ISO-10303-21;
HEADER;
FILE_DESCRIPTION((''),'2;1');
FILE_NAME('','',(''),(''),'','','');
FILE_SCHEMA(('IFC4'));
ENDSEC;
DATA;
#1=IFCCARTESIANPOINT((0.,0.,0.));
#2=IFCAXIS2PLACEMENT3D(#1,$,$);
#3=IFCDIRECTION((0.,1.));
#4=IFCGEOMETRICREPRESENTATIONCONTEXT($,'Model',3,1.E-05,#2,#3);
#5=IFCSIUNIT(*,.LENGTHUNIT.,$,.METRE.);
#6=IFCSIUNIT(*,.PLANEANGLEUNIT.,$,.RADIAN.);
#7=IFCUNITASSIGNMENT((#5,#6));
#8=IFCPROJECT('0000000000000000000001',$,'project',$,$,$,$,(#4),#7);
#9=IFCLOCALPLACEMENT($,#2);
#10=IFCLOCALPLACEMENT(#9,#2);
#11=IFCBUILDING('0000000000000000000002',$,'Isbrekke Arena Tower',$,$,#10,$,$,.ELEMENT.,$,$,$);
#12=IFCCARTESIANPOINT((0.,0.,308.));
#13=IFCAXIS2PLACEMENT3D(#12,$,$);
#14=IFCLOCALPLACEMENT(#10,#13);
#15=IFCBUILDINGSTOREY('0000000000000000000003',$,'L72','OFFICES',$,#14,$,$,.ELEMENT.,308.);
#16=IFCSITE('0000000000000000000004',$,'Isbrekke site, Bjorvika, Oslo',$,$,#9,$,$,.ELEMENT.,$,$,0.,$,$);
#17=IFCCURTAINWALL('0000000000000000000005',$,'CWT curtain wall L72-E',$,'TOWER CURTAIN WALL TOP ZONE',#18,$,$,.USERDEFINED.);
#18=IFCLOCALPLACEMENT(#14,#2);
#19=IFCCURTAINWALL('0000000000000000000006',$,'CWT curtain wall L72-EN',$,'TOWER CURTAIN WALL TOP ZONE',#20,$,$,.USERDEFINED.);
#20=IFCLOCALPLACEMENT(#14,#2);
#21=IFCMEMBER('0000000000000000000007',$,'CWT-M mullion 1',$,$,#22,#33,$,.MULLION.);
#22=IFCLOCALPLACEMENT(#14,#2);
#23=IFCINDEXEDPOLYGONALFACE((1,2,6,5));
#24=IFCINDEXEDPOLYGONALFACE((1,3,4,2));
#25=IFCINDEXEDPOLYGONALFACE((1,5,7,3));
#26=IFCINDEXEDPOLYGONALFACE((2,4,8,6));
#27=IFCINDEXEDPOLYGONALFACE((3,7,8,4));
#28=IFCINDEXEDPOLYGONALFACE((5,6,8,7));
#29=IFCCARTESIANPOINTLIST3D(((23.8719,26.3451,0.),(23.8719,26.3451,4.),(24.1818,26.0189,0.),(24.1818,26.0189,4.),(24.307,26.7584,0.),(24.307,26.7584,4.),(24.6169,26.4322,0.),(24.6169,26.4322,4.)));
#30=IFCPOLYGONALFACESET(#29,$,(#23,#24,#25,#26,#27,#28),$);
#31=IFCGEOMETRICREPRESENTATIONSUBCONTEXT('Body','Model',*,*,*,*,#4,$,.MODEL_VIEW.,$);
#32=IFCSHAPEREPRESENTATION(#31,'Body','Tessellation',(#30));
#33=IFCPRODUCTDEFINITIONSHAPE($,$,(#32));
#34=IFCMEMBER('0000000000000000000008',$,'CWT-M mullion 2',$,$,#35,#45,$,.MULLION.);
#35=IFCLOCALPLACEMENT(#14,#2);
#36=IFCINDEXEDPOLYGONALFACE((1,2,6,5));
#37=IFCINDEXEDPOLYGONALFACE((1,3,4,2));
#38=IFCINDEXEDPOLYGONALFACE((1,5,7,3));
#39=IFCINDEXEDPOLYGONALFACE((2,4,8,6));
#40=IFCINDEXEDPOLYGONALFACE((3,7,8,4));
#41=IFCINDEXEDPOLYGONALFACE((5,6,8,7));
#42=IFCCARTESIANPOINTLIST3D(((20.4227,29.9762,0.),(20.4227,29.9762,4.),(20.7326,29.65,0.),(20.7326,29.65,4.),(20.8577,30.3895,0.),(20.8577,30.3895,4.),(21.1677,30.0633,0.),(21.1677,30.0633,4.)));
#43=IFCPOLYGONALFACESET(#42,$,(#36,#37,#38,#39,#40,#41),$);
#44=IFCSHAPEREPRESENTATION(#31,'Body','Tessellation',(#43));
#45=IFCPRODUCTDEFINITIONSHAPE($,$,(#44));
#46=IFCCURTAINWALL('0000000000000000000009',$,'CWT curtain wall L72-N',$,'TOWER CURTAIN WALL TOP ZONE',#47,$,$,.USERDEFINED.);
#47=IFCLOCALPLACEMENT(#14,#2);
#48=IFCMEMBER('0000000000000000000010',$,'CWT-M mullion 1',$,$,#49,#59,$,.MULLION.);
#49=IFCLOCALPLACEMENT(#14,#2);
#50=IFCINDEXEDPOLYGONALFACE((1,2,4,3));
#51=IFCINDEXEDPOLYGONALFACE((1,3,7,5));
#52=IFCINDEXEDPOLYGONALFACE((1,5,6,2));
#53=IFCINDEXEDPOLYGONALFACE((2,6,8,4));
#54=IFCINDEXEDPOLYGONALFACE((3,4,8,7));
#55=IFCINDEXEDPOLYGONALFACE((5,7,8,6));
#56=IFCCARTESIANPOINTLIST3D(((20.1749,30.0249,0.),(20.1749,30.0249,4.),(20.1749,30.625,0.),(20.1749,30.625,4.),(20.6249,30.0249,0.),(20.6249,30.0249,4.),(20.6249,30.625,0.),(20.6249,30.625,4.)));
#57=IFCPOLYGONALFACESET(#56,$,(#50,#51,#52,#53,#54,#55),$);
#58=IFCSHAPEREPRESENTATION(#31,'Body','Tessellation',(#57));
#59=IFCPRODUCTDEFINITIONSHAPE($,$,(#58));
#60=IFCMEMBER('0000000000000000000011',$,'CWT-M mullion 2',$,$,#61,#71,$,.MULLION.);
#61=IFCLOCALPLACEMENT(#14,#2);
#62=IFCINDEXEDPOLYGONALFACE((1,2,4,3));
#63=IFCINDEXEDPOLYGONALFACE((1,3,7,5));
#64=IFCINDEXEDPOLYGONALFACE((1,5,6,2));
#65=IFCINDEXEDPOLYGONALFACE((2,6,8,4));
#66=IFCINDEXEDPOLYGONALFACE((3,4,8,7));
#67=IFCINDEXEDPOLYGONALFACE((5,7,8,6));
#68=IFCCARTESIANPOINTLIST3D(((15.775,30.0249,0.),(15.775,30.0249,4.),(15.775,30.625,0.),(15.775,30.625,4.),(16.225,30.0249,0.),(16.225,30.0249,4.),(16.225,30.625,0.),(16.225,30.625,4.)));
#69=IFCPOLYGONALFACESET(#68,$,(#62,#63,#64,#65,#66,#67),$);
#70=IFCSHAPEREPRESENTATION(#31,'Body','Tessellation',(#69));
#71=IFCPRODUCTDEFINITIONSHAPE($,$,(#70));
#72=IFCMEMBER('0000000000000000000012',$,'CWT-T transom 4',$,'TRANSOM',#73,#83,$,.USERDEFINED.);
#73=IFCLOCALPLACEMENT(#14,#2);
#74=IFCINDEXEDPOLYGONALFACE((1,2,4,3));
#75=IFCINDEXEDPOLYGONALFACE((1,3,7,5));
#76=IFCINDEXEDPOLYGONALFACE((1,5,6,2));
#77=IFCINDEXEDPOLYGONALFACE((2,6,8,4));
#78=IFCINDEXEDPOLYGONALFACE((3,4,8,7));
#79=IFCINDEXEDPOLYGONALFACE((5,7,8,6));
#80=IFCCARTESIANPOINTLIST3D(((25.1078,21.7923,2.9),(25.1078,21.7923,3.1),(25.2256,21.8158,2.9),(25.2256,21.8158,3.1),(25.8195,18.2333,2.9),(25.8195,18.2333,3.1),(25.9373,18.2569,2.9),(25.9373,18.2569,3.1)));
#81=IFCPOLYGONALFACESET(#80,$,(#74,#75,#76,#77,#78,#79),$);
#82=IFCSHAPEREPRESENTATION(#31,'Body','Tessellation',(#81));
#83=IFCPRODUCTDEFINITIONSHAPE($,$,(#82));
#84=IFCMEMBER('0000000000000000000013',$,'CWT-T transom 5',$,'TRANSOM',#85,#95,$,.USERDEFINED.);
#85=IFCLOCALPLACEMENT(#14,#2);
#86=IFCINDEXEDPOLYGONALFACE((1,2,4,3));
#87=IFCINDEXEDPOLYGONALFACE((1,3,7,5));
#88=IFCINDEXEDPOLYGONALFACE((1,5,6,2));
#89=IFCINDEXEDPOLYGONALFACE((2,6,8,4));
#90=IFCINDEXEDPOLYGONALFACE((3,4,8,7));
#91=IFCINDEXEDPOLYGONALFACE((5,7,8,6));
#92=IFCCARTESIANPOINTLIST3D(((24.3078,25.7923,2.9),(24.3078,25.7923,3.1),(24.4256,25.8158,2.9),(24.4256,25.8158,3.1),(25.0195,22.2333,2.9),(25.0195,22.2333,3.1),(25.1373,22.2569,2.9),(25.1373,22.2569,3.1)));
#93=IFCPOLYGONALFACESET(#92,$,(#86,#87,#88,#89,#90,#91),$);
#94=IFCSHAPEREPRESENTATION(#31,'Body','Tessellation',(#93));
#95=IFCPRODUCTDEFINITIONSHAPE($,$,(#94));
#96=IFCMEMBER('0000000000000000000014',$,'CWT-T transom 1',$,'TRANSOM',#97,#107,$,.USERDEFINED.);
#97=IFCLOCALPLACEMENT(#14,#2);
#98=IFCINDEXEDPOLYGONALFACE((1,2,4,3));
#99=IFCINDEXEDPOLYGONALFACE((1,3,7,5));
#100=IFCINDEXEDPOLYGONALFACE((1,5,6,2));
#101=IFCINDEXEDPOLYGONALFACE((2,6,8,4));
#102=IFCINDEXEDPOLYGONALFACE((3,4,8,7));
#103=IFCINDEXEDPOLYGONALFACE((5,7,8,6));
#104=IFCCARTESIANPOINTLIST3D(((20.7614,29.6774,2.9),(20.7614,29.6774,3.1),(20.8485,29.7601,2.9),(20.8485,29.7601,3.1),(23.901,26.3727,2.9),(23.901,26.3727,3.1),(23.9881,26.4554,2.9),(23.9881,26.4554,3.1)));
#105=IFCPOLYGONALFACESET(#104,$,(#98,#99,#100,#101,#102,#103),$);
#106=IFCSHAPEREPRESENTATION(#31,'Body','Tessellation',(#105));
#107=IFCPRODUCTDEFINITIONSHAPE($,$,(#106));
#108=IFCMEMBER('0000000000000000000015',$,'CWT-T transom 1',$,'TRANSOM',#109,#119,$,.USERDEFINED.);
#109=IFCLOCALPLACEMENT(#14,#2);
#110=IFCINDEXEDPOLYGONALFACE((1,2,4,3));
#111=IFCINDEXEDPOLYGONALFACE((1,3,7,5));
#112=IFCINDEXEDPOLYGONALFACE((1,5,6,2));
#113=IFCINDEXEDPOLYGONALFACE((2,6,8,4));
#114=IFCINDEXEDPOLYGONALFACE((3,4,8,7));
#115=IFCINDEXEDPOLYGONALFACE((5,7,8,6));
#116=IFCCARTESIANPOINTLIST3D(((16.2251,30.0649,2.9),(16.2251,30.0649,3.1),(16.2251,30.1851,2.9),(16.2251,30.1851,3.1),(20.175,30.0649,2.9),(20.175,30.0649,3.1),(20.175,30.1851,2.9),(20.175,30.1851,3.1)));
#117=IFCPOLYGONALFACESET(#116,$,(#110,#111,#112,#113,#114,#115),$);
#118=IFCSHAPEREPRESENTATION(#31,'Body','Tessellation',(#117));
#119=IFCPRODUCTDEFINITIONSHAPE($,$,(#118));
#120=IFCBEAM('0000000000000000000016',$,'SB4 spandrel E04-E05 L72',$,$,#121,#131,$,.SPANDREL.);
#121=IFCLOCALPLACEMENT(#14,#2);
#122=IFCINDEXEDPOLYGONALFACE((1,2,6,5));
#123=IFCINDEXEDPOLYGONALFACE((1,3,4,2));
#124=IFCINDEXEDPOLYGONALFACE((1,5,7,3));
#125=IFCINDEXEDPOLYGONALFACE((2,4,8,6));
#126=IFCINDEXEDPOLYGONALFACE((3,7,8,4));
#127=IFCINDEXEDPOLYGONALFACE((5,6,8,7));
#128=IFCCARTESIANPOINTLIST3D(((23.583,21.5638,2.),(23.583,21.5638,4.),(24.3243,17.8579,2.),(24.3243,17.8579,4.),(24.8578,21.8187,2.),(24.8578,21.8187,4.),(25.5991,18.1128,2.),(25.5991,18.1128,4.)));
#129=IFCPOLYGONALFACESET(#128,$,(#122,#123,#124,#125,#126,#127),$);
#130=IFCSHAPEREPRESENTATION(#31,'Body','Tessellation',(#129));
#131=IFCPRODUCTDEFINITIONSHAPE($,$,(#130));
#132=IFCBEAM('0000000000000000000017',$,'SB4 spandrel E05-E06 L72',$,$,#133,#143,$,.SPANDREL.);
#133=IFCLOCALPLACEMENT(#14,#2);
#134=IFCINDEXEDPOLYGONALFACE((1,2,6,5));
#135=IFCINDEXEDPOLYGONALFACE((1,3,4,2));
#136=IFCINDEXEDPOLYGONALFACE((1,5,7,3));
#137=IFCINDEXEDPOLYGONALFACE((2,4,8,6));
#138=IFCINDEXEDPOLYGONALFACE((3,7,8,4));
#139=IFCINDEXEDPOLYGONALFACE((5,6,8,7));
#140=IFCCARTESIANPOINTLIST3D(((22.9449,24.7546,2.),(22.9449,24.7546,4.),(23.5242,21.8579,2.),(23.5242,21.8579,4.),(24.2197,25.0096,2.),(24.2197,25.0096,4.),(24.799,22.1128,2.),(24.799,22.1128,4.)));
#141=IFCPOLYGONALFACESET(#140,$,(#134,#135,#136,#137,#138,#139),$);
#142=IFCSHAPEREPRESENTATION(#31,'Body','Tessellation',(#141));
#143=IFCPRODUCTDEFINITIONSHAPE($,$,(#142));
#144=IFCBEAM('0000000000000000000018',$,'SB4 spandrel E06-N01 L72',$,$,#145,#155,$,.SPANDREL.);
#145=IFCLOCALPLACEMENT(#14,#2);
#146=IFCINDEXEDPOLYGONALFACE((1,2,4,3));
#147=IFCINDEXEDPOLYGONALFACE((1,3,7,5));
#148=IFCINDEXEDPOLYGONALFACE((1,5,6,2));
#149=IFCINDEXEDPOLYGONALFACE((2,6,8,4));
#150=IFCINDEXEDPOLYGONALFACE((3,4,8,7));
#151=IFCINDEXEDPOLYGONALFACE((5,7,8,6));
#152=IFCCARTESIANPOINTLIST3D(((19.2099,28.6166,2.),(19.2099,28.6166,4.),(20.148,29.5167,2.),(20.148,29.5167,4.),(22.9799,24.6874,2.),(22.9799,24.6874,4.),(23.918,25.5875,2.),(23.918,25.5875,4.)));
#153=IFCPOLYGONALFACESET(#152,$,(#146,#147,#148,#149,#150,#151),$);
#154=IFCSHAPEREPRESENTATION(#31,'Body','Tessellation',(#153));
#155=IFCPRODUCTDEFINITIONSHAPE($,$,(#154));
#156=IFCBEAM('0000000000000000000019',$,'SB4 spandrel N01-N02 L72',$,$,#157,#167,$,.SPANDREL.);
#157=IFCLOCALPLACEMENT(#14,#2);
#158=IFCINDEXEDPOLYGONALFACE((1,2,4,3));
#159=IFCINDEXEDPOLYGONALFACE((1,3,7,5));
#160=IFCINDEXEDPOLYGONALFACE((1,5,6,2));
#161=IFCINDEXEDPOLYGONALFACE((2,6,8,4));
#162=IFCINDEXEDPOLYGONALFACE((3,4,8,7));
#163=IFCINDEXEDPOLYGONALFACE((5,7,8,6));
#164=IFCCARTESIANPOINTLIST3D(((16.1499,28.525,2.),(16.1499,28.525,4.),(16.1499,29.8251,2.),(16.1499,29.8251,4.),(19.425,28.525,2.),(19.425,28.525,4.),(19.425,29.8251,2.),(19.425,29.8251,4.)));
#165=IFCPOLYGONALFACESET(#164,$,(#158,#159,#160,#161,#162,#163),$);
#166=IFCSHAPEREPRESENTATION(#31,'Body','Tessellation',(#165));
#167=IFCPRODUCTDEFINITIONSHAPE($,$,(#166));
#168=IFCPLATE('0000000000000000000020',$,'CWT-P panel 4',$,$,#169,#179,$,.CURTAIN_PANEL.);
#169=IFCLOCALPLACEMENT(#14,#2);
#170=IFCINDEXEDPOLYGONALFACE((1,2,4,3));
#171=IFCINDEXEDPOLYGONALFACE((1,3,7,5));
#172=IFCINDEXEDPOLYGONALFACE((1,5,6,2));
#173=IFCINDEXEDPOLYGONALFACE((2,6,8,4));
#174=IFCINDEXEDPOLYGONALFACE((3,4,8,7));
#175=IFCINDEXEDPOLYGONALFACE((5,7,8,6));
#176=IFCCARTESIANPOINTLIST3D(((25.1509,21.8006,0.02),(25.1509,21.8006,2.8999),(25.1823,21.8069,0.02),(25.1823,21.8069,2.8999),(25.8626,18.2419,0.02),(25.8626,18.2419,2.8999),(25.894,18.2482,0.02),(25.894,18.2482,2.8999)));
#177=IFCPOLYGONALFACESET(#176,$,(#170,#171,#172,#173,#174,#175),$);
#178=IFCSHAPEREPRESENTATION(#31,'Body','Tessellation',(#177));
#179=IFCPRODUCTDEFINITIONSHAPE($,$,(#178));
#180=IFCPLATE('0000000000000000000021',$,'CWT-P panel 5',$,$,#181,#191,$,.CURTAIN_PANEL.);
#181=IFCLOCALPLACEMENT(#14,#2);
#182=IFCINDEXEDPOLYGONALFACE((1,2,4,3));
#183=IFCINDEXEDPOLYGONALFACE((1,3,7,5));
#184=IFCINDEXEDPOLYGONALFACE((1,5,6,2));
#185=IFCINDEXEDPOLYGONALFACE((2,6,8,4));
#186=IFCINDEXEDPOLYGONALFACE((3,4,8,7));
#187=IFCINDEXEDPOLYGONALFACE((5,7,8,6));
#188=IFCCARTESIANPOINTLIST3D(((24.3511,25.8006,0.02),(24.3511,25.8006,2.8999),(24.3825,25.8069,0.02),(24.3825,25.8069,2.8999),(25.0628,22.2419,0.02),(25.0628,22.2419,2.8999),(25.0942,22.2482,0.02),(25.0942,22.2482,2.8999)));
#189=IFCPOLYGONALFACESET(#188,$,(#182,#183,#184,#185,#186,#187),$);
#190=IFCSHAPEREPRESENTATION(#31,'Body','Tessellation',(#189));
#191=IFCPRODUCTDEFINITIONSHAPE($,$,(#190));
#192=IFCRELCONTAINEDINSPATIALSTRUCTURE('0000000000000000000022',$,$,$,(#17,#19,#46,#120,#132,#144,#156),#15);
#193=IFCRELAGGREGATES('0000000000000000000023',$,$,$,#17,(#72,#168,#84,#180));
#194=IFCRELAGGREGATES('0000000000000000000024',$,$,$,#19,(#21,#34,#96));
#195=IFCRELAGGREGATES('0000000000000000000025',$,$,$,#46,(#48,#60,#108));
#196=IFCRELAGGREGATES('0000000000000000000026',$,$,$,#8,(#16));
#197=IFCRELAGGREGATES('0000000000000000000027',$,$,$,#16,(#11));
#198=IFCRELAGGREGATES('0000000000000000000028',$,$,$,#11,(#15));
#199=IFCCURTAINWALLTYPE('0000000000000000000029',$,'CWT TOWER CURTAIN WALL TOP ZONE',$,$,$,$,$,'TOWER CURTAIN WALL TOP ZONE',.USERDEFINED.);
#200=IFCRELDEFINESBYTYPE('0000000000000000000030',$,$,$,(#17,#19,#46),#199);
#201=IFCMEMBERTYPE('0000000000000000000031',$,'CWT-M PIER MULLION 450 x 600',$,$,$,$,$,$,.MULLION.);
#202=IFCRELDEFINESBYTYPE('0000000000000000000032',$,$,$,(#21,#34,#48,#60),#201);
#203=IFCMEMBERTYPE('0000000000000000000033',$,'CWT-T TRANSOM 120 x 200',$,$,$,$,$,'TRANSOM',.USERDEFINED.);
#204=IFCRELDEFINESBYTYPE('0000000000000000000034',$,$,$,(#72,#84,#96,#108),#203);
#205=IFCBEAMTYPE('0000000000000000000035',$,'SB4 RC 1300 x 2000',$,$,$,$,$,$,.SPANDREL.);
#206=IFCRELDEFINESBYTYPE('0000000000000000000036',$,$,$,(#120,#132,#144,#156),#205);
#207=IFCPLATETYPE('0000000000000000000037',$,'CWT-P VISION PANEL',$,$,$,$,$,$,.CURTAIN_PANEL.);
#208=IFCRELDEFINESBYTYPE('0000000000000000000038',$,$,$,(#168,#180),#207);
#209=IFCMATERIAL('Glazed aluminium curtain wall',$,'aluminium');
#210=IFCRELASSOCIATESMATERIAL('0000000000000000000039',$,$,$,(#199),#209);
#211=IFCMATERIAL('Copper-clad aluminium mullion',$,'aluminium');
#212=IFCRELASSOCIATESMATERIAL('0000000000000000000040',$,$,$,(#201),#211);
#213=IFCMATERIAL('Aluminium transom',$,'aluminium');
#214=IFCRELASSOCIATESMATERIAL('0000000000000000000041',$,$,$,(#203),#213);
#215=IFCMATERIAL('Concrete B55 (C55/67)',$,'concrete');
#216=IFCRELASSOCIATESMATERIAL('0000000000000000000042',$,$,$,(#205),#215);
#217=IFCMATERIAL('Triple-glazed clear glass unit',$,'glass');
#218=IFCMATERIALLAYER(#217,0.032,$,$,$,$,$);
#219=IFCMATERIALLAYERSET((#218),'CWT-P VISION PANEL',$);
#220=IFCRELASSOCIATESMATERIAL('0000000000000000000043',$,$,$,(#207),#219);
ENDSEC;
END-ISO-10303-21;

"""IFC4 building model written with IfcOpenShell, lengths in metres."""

from ifc_helpers import new_model, si_unit, direction, frame, origin, origin_2d, place, context, subcontext, project, spatial, rectangle, extrude, material, layer, layer_set, material_profile, profile_set, type_object, element, aggregate, save


model = new_model("IFC4")

# Units and contexts
model_context = context("Model", 3, precision=1e-05, world=origin(), true_north=direction((0.0, 1.0)))
body_context = subcontext(model_context, "Body", "Model", "MODEL_VIEW")
ifc_project = project(units=[si_unit("LENGTHUNIT", "METRE"), si_unit("PLANEANGLEUNIT", "RADIAN")], contexts=[model_context])

# Site, building, storey
site_placement = place(None, origin())
site = spatial("IfcSite", under=ifc_project, at=site_placement, Name="Isbrekke site, Bjorvika, Oslo", CompositionType="ELEMENT", RefElevation=0.0)
building_placement = place(site_placement, origin())
building = spatial("IfcBuilding", under=site, at=building_placement, Name="Isbrekke Arena Tower", CompositionType="ELEMENT")
storey_placement = place(building_placement, frame((0.0, 0.0, 308.0)))
storey = spatial("IfcBuildingStorey", under=building, at=storey_placement, Name="L72", Description="OFFICES", CompositionType="ELEMENT", Elevation=308.0)

# Curtain walls, members
ifc_material_1 = material(Name="Glazed aluminium curtain wall", Category="aluminium")
curtain_wall_type = type_object("IfcCurtainWallType", Name="CWT TOWER CURTAIN WALL TOP ZONE", ElementType="TOWER CURTAIN WALL TOP ZONE", PredefinedType="USERDEFINED", material=ifc_material_1)
curtain_wall_1_placement = place(storey_placement, origin())
curtain_wall_1 = element("IfcCurtainWall", 1, at=curtain_wall_1_placement, inside=storey, type_object=curtain_wall_type, Name="CWT curtain wall L72-E", ObjectType="TOWER CURTAIN WALL TOP ZONE", PredefinedType="USERDEFINED")
ifc_material_2 = material(Name="Copper-clad aluminium mullion", Category="aluminium")
ifc_material_profile_1 = material_profile(ifc_material_2, rectangle(XDim=0.45, YDim=0.6001, at=origin_2d()), Name="PIER 450X600")
ifc_profile_set_1 = profile_set([ifc_material_profile_1], Name="Copper-clad aluminium mullion")
member_type_1 = type_object("IfcMemberType", Name="CWT-M PIER MULLION 450 x 600", PredefinedType="MULLION", material=ifc_profile_set_1)
curtain_wall_2_placement = place(storey_placement, origin())
curtain_wall_2 = element("IfcCurtainWall", 2, at=curtain_wall_2_placement, inside=storey, type_object=curtain_wall_type, Name="CWT curtain wall L72-EN", ObjectType="TOWER CURTAIN WALL TOP ZONE", PredefinedType="USERDEFINED")
member_1_placement = place(storey_placement, frame((24.2444, 26.3887, 0.0), z_axis=(0.0, 0.0, 1.0), x_axis=(-0.688749, 0.724999, 0.0)))
member_1 = element("IfcMember", 3, at=member_1_placement, type_object=member_type_1, Name="CWT-M mullion 1", PredefinedType="MULLION", context=body_context, shape_type="SweptSolid", body=[
    extrude(rectangle(XDim=0.45, YDim=0.6001, at=origin_2d()), origin(), (0.0, 0.0, 1.0), 4.0),
])
member_2_placement = place(storey_placement, frame((20.7952, 30.0198, 0.0), z_axis=(0.0, 0.0, 1.0), x_axis=(-0.688749, 0.724999, 0.0)))
member_2 = element("IfcMember", 4, at=member_2_placement, type_object=member_type_1, Name="CWT-M mullion 2", PredefinedType="MULLION", context=body_context, shape_type="SweptSolid", body=[
    extrude(rectangle(XDim=0.45, YDim=0.6001, at=origin_2d()), origin(), (0.0, 0.0, 1.0), 4.0),
])
curtain_wall_3_placement = place(storey_placement, origin())
curtain_wall_3 = element("IfcCurtainWall", 5, at=curtain_wall_3_placement, inside=storey, type_object=curtain_wall_type, Name="CWT curtain wall L72-N", ObjectType="TOWER CURTAIN WALL TOP ZONE", PredefinedType="USERDEFINED")
member_3_placement = place(storey_placement, frame((20.3999, 30.325, 0.0), z_axis=(0.0, 0.0, 1.0), x_axis=(-1.0, 0.0, 0.0)))
member_3 = element("IfcMember", 6, at=member_3_placement, type_object=member_type_1, Name="CWT-M mullion 1", PredefinedType="MULLION", context=body_context, shape_type="SweptSolid", body=[
    extrude(rectangle(XDim=0.45, YDim=0.6001, at=origin_2d()), origin(), (0.0, 0.0, 1.0), 4.0),
])
member_4_placement = place(storey_placement, frame((16.0, 30.325, 0.0), z_axis=(0.0, 0.0, 1.0), x_axis=(-1.0, 0.0, 0.0)))
member_4 = element("IfcMember", 7, at=member_4_placement, type_object=member_type_1, Name="CWT-M mullion 2", PredefinedType="MULLION", context=body_context, shape_type="SweptSolid", body=[
    extrude(rectangle(XDim=0.45, YDim=0.6001, at=origin_2d()), origin(), (0.0, 0.0, 1.0), 4.0),
])

# Members
ifc_material_3 = material(Name="Aluminium transom", Category="aluminium")
ifc_material_profile_2 = material_profile(ifc_material_3, rectangle(XDim=0.1201, YDim=0.2, at=origin_2d()), Name="TRANSOM 120X200")
ifc_profile_set_2 = profile_set([ifc_material_profile_2], Name="Aluminium transom")
member_type_2 = type_object("IfcMemberType", Name="CWT-T TRANSOM 120 x 200", ElementType="TRANSOM", PredefinedType="USERDEFINED", material=ifc_profile_set_2)
member_5_placement = place(storey_placement, frame((25.8784, 18.2451, 3.0), z_axis=(-0.19609, 0.980586, 0.0), x_axis=(-0.980586, -0.19609, 0.0)))
member_5 = element("IfcMember", 8, at=member_5_placement, type_object=member_type_2, Name="CWT-T transom 4", ObjectType="TRANSOM", PredefinedType="USERDEFINED", context=body_context, shape_type="SweptSolid", body=[
    extrude(rectangle(XDim=0.1201, YDim=0.2, at=origin_2d()), origin(), (0.0, 0.0, 1.0), 3.6294),
])
member_6_placement = place(storey_placement, frame((25.0784, 22.2451, 3.0), z_axis=(-0.19609, 0.980586, 0.0), x_axis=(-0.980586, -0.19609, 0.0)))
member_6 = element("IfcMember", 9, at=member_6_placement, type_object=member_type_2, Name="CWT-T transom 5", ObjectType="TRANSOM", PredefinedType="USERDEFINED", context=body_context, shape_type="SweptSolid", body=[
    extrude(rectangle(XDim=0.1201, YDim=0.2, at=origin_2d()), origin(), (0.0, 0.0, 1.0), 3.6294),
])
member_7_placement = place(storey_placement, frame((23.9446, 26.4141, 3.0), z_axis=(-0.688772, 0.724978, 0.0), x_axis=(-0.724978, -0.688772, 0.0)))
member_7 = element("IfcMember", 10, at=member_7_placement, type_object=member_type_2, Name="CWT-T transom 1", ObjectType="TRANSOM", PredefinedType="USERDEFINED", context=body_context, shape_type="SweptSolid", body=[
    extrude(rectangle(XDim=0.1201, YDim=0.2, at=origin_2d()), origin(), (0.0, 0.0, 1.0), 4.5583),
])
member_8_placement = place(storey_placement, frame((20.175, 30.125, 3.0), z_axis=(-1.0, 0.0, 0.0), x_axis=(0.0, -1.0, 0.0)))
member_8 = element("IfcMember", 11, at=member_8_placement, type_object=member_type_2, Name="CWT-T transom 1", ObjectType="TRANSOM", PredefinedType="USERDEFINED", context=body_context, shape_type="SweptSolid", body=[
    extrude(rectangle(XDim=0.1201, YDim=0.2, at=origin_2d()), origin(), (0.0, 0.0, 1.0), 3.95),
])

# Beams
ifc_material_4 = material(Name="Concrete B55 (C55/67)", Category="concrete")
ifc_material_profile_3 = material_profile(ifc_material_4, rectangle(XDim=1.3, YDim=2.0, at=origin_2d()), Name="RC 1300x2000")
ifc_profile_set_3 = profile_set([ifc_material_profile_3], Name="Concrete B55 (C55/67)")
beam_type_1 = type_object("IfcBeamType", Name="SB4 RC 1300 x 2000", PredefinedType="SPANDREL", material=ifc_profile_set_3)
beam_1_placement = place(storey_placement, frame((24.9617, 17.9854, 3.0), z_axis=(-0.196129, 0.980578, 0.0), x_axis=(-0.980578, -0.196129, 0.0)))
element("IfcBeam", 12, at=beam_1_placement, inside=storey, type_object=beam_type_1, Name="SB4 spandrel E04-E05 L72", PredefinedType="SPANDREL", context=body_context, shape_type="SweptSolid", body=[
    extrude(rectangle(XDim=1.3, YDim=2.0, at=origin_2d()), origin(), (0.0, 0.0, 1.0), 3.7793),
])
beam_2_placement = place(storey_placement, frame((24.1616, 21.9854, 3.0), z_axis=(-0.196116, 0.980581, 0.0), x_axis=(-0.980581, -0.196116, 0.0)))
element("IfcBeam", 13, at=beam_2_placement, inside=storey, type_object=beam_type_1, Name="SB4 spandrel E05-E06 L72", PredefinedType="SPANDREL", context=body_context, shape_type="SweptSolid", body=[
    extrude(rectangle(XDim=1.3, YDim=2.0, at=origin_2d()), origin(), (0.0, 0.0, 1.0), 2.9541),
])
beam_3_placement = place(storey_placement, frame((23.449, 25.1375, 3.0), z_axis=(-0.69234, 0.721572, 0.0), x_axis=(-0.721572, -0.69234, 0.0)))
element("IfcBeam", 14, at=beam_3_placement, inside=storey, type_object=beam_type_1, Name="SB4 spandrel E06-N01 L72", PredefinedType="SPANDREL", context=body_context, shape_type="SweptSolid", body=[
    extrude(rectangle(XDim=1.3, YDim=2.0, at=origin_2d()), origin(), (0.0, 0.0, 1.0), 5.4453),
])
beam_4_placement = place(storey_placement, frame((19.425, 29.175, 3.0), z_axis=(-1.0, 0.0, 0.0), x_axis=(0.0, -1.0, 0.0)))
element("IfcBeam", 15, at=beam_4_placement, inside=storey, type_object=beam_type_1, Name="SB4 spandrel N01-N02 L72", PredefinedType="SPANDREL", context=body_context, shape_type="SweptSolid", body=[
    extrude(rectangle(XDim=1.3, YDim=2.0, at=origin_2d()), origin(), (0.0, 0.0, 1.0), 3.2751),
])

# Plates
ifc_material_5 = material(Name="Triple-glazed clear glass unit", Category="glass")
ifc_layer_1 = layer(ifc_material_5, 0.032)
ifc_layer_set_1 = layer_set([ifc_layer_1], Name="CWT-P VISION PANEL")
plate_type = type_object("IfcPlateType", Name="CWT-P VISION PANEL", PredefinedType="CURTAIN_PANEL", material=ifc_layer_set_1)
plate_1_placement = place(storey_placement, frame((25.5225, 20.0244, 0.02), z_axis=(0.0, 0.0, 1.0), x_axis=(-0.196116, 0.980581, 0.0)))
plate_1 = element("IfcPlate", 16, at=plate_1_placement, type_object=plate_type, Name="CWT-P panel 4", PredefinedType="CURTAIN_PANEL", context=body_context, shape_type="SweptSolid", body=[
    extrude(rectangle(XDim=3.6292, YDim=0.032, at=origin_2d()), origin(), (0.0, 0.0, 1.0), 2.8799),
])
plate_2_placement = place(storey_placement, frame((24.7227, 24.0244, 0.02), z_axis=(0.0, 0.0, 1.0), x_axis=(-0.196116, 0.980581, 0.0)))
plate_2 = element("IfcPlate", 17, at=plate_2_placement, type_object=plate_type, Name="CWT-P panel 5", PredefinedType="CURTAIN_PANEL", context=body_context, shape_type="SweptSolid", body=[
    extrude(rectangle(XDim=3.6292, YDim=0.032, at=origin_2d()), origin(), (0.0, 0.0, 1.0), 2.8799),
])
aggregate(curtain_wall_1, [member_5, plate_1, member_6, plate_2])
aggregate(curtain_wall_2, [member_1, member_2, member_7])
aggregate(curtain_wall_3, [member_3, member_4, member_8])

save(model, "model.ifc")
